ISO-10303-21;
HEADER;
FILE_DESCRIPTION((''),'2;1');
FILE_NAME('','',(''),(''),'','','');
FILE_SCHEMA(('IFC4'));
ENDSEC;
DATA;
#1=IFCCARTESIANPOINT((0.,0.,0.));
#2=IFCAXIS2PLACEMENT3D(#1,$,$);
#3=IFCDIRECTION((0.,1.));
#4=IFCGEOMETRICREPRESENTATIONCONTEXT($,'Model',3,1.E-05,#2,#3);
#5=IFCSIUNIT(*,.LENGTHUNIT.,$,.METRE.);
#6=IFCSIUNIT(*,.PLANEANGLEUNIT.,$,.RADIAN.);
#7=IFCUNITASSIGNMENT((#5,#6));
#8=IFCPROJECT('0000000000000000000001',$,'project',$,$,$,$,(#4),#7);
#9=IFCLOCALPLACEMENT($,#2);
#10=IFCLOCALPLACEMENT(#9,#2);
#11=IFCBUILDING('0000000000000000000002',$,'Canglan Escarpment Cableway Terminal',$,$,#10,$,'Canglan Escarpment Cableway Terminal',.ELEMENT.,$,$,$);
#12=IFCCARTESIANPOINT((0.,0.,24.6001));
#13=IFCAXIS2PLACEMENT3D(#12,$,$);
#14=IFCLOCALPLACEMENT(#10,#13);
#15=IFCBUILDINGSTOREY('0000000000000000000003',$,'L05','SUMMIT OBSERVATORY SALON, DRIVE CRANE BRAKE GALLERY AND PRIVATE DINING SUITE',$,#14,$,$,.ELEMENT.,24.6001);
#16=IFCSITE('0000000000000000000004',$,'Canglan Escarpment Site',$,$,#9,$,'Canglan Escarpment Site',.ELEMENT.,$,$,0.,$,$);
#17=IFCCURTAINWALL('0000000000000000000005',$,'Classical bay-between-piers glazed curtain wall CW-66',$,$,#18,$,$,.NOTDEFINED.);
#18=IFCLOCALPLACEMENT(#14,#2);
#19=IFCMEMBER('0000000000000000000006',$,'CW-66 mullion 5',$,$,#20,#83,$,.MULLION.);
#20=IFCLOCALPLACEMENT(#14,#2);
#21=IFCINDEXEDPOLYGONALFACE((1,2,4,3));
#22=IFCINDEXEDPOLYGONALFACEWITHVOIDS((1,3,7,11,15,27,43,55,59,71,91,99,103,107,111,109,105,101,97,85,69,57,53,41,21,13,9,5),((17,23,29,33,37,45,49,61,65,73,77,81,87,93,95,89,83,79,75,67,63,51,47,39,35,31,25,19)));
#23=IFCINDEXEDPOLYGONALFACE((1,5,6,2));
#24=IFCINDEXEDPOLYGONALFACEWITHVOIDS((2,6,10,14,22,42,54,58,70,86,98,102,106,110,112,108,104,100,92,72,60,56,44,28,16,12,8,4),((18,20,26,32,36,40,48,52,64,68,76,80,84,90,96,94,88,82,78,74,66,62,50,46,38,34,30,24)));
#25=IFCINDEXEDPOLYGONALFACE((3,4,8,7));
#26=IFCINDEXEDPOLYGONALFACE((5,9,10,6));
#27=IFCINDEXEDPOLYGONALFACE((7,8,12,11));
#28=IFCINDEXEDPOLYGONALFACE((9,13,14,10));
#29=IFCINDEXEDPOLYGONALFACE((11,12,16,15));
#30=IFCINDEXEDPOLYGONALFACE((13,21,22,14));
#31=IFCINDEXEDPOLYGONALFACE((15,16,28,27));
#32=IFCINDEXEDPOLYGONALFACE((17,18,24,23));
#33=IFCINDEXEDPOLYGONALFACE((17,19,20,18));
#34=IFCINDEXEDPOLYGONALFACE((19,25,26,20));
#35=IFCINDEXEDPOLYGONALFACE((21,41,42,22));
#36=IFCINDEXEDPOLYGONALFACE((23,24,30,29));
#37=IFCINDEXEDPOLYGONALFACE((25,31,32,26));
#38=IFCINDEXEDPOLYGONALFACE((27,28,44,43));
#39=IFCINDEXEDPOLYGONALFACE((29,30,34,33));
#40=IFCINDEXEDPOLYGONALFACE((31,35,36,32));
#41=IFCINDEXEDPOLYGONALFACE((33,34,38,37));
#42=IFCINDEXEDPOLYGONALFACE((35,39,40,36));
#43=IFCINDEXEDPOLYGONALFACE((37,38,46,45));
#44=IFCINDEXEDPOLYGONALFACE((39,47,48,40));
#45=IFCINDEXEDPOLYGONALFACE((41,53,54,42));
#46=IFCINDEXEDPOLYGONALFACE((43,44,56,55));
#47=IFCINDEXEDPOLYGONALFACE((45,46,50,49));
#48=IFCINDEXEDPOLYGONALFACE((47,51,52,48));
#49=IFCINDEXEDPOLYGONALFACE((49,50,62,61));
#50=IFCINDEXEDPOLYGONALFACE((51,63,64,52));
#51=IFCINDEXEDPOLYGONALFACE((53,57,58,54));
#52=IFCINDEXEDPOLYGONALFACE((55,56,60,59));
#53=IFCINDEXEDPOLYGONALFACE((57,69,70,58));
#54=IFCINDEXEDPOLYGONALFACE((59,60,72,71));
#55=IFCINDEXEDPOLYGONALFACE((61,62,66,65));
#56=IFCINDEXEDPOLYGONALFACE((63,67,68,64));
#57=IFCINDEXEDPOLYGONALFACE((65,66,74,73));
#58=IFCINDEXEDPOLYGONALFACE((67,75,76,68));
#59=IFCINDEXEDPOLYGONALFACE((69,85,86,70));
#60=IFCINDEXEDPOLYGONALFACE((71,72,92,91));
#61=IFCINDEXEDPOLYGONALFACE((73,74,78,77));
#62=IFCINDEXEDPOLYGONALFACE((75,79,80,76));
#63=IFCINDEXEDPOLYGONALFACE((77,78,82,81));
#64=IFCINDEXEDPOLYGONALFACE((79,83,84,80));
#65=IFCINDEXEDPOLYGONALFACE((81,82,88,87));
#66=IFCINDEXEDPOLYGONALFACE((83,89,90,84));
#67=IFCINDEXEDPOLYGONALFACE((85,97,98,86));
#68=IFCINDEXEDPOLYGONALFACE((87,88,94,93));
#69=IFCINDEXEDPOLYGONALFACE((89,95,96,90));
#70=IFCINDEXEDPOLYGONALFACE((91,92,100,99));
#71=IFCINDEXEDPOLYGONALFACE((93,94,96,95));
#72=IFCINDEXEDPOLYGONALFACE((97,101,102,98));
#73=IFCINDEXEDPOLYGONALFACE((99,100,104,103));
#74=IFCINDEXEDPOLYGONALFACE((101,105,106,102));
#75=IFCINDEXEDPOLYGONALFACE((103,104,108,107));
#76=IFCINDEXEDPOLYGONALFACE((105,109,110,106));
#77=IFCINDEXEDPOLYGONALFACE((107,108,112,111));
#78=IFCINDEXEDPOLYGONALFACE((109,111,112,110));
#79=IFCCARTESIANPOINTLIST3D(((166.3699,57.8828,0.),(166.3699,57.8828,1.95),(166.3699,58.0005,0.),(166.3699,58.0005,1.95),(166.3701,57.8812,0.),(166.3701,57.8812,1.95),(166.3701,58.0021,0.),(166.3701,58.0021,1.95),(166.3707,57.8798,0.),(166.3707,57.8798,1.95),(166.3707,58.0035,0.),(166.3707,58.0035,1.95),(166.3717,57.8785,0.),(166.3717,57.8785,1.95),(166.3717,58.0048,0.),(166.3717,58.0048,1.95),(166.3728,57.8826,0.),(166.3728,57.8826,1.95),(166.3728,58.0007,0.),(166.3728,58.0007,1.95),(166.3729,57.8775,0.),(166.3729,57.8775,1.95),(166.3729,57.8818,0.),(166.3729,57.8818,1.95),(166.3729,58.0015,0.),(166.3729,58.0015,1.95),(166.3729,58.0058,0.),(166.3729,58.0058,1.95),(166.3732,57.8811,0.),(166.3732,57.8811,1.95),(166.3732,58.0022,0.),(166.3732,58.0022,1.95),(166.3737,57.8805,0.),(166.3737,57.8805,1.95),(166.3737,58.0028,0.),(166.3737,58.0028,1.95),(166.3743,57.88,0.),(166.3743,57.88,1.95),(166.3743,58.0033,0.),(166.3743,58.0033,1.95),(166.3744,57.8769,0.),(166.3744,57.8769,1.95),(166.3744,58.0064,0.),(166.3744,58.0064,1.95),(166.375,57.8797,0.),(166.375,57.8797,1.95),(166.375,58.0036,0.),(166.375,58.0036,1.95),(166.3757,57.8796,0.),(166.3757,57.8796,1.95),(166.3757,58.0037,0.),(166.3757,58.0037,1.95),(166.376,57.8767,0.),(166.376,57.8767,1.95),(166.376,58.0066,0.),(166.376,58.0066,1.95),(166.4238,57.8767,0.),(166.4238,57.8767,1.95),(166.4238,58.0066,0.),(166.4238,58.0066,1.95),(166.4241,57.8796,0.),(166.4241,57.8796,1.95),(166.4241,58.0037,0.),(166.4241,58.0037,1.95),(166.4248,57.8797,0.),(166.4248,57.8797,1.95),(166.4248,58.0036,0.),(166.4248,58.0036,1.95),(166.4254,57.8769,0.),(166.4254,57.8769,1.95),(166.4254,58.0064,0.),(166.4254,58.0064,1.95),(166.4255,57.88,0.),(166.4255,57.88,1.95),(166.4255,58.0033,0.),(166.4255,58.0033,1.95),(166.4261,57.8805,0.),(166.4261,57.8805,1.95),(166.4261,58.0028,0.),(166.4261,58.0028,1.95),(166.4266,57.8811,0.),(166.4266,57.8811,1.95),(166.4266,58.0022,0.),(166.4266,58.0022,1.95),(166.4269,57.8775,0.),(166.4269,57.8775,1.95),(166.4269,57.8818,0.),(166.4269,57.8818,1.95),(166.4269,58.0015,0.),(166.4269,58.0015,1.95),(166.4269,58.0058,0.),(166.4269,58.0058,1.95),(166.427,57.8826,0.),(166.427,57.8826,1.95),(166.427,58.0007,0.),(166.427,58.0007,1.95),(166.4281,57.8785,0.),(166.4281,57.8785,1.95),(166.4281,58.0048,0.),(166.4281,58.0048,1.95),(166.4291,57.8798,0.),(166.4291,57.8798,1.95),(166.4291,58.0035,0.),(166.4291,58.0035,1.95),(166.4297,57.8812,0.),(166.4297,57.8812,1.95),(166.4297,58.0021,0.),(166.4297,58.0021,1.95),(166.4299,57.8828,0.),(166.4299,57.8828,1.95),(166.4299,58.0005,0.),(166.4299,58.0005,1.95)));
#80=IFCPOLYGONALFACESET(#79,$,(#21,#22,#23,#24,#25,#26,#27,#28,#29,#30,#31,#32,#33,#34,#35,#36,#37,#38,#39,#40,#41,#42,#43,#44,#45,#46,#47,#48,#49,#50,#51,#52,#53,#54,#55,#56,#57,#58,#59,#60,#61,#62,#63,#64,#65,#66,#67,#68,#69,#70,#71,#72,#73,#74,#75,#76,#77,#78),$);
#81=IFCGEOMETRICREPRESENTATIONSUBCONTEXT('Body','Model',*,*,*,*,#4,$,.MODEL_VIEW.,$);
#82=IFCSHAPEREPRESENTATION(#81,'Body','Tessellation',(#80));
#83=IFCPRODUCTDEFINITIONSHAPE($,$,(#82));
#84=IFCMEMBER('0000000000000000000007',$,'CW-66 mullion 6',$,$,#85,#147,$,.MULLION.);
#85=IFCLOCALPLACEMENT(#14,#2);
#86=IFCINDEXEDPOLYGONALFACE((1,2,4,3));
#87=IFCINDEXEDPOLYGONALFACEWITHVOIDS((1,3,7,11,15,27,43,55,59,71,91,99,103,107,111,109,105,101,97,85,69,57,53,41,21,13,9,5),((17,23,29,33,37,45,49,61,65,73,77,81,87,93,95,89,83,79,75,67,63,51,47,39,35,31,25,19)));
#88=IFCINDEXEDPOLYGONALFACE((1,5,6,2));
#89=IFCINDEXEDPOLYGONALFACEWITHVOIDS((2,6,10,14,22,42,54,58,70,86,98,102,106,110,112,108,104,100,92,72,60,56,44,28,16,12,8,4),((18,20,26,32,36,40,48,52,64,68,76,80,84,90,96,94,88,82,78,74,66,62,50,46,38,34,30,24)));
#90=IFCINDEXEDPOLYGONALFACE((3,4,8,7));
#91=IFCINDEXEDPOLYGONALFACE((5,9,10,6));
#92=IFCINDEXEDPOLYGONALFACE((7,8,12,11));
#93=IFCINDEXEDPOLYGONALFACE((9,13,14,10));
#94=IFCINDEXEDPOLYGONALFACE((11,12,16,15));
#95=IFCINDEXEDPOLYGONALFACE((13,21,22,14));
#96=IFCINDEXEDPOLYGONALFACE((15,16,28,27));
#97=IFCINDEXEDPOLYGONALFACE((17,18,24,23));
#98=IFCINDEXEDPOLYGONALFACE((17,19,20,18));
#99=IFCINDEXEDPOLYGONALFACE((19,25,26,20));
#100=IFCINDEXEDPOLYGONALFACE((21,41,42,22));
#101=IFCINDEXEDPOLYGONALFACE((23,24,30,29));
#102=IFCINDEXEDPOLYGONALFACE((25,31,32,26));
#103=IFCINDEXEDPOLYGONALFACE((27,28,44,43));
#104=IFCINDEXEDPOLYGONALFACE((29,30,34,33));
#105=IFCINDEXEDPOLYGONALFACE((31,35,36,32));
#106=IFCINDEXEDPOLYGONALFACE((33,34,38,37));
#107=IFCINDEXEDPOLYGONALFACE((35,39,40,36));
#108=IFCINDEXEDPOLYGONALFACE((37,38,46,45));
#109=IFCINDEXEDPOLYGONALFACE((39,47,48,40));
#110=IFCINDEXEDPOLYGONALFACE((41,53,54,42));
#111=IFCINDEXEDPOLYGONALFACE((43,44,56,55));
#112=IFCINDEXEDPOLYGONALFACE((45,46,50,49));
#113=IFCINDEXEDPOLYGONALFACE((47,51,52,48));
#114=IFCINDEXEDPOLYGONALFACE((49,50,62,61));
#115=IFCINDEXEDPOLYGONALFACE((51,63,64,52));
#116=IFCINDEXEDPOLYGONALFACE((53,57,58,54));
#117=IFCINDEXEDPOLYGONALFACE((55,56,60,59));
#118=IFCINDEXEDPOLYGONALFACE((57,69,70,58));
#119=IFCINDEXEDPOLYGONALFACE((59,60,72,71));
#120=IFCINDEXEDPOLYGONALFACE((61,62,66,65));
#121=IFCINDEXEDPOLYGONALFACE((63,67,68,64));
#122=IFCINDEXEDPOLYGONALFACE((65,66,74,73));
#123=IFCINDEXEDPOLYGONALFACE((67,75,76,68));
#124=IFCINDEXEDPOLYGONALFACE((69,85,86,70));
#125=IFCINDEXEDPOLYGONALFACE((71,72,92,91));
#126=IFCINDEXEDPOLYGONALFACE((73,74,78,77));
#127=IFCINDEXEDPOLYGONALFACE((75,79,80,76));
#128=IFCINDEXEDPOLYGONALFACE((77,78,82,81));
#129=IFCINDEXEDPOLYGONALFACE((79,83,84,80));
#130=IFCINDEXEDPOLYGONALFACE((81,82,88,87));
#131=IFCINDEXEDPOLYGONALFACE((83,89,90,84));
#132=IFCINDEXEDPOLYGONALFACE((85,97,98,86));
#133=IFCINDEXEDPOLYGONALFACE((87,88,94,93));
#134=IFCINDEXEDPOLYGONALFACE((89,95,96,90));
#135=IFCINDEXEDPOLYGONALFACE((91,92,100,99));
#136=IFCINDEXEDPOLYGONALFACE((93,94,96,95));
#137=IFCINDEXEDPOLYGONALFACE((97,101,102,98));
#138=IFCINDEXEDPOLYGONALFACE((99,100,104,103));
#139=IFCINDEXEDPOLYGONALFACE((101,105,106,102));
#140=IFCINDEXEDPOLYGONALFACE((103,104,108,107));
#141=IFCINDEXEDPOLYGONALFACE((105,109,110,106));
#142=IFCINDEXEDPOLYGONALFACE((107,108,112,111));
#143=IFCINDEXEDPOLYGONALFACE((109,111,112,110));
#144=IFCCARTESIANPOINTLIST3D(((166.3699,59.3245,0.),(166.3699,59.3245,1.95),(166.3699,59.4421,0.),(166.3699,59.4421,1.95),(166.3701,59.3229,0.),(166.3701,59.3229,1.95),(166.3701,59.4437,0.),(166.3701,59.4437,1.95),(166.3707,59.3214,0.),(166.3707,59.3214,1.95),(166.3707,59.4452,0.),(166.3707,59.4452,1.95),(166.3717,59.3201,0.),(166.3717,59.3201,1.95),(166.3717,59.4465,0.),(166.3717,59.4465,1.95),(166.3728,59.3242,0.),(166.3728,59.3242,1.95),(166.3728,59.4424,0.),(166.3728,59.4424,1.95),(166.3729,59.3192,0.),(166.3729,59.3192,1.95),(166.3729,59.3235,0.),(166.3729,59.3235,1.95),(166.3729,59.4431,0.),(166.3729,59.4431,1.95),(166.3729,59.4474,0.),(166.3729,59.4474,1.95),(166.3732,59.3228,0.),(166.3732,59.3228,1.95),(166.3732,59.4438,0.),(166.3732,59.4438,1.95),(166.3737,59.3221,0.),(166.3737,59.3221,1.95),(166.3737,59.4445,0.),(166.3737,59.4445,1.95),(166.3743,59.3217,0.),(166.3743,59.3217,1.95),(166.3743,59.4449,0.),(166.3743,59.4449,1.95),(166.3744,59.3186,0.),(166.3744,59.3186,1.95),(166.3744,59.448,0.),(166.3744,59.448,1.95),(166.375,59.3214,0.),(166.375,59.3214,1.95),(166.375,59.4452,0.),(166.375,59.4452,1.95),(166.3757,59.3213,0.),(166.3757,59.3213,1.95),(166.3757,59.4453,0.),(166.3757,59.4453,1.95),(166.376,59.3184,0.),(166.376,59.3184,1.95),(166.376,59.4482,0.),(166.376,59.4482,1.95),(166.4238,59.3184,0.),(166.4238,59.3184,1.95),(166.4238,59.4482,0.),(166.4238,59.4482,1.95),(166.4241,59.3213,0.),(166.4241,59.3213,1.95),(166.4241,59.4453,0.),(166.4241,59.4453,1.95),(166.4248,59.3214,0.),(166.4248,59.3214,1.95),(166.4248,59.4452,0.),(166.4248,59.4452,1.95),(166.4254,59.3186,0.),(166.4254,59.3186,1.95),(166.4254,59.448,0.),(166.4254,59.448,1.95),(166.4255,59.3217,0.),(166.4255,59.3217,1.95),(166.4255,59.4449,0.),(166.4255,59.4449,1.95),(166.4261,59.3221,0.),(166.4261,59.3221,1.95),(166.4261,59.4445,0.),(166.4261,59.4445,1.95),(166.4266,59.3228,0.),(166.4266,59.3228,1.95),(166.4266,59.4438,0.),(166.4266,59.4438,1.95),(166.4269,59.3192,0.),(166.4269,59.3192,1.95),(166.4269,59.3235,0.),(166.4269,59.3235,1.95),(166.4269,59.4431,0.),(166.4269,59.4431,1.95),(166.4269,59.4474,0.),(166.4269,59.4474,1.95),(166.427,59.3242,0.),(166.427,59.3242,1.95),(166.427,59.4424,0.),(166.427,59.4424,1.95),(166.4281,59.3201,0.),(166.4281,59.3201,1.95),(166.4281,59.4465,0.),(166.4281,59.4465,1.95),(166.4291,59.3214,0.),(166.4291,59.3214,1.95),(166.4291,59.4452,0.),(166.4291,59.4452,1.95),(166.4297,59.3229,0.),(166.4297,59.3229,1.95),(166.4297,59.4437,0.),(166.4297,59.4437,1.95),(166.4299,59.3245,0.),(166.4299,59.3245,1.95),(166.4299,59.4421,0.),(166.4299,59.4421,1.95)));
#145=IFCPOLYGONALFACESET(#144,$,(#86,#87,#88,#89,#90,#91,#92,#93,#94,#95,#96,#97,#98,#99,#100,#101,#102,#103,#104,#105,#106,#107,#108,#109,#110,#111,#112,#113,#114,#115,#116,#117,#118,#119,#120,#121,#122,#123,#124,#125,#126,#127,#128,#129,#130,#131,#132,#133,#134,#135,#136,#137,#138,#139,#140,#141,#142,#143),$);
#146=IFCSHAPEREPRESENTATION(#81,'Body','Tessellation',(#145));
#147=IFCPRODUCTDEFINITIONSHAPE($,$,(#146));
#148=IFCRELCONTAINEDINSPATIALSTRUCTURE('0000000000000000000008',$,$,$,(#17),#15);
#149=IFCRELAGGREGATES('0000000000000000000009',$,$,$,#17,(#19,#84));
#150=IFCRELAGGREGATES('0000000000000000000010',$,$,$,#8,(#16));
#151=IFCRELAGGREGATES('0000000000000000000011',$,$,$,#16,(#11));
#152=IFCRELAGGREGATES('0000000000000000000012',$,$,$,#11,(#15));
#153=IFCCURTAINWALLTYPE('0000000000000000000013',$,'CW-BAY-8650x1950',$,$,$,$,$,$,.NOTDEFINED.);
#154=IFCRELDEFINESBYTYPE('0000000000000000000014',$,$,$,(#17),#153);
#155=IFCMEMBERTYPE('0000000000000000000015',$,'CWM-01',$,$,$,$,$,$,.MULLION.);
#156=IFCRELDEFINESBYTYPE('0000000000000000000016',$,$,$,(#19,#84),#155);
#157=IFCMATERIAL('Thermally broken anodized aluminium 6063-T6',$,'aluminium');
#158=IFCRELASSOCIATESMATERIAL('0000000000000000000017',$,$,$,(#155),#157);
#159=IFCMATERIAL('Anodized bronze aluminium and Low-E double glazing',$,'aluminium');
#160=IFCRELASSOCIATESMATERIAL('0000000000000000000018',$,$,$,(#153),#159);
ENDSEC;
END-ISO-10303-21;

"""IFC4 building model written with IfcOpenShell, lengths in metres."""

from ifc_helpers import new_model, si_unit, direction, frame, origin, origin_2d, place, context, subcontext, project, spatial, hollow_rectangle, extrude, material, material_profile, profile_set, type_object, element, aggregate, save


model = new_model("IFC4")

# Units and contexts
model_context = context("Model", 3, precision=1e-05, world=origin(), true_north=direction((0.0, 1.0)))
body_context = subcontext(model_context, "Body", "Model", "MODEL_VIEW")
ifc_project = project(units=[si_unit("LENGTHUNIT", "METRE"), si_unit("PLANEANGLEUNIT", "RADIAN")], contexts=[model_context])

# Site, building, storey
site_placement = place(None, origin())
site = spatial("IfcSite", under=ifc_project, at=site_placement, Name="Canglan Escarpment Site", LongName="Canglan Escarpment Site", CompositionType="ELEMENT", RefElevation=0.0)
building_placement = place(site_placement, origin())
building = spatial("IfcBuilding", under=site, at=building_placement, Name="Canglan Escarpment Cableway Terminal", LongName="Canglan Escarpment Cableway Terminal", CompositionType="ELEMENT")
storey_placement = place(building_placement, frame((0.0, 0.0, 24.6001)))
storey = spatial("IfcBuildingStorey", under=building, at=storey_placement, Name="L05", Description="SUMMIT OBSERVATORY SALON, DRIVE CRANE BRAKE GALLERY AND PRIVATE DINING SUITE", CompositionType="ELEMENT", Elevation=24.6001)

# Shared definitions
ifc_material_1 = material(Name="Anodized bronze aluminium and Low-E double glazing", Category="aluminium")
ifc_material_2 = material(Name="Thermally broken anodized aluminium 6063-T6", Category="aluminium")
ifc_material_profile_1 = material_profile(ifc_material_2, hollow_rectangle(XDim=0.0601, YDim=0.1299, WallThickness=0.0029, InnerFilletRadius=0.0029, OuterFilletRadius=0.0061, at=origin_2d()), Name="ALU-MULL 60x130x3")
ifc_profile_set_1 = profile_set([ifc_material_profile_1], Name="Thermally broken anodized aluminium 6063-T6")
member_type_1 = type_object("IfcMemberType", Name="CWM-01", PredefinedType="MULLION", material=ifc_profile_set_1)

# Curtain wall, members
curtain_wall_type_1 = type_object("IfcCurtainWallType", Name="CW-BAY-8650x1950", PredefinedType="NOTDEFINED", material=ifc_material_1)
curtain_wall_1_placement = place(storey_placement, origin())
curtain_wall_1 = element("IfcCurtainWall", 1, at=curtain_wall_1_placement, inside=storey, type_object=curtain_wall_type_1, Name="Classical bay-between-piers glazed curtain wall CW-66", PredefinedType="NOTDEFINED")
member_1_placement = place(storey_placement, frame((166.3999, 57.9417, 0.0), z_axis=(0.0, 0.0, 1.0), x_axis=(-1.0, 0.0, 0.0)))
member_1 = element("IfcMember", 2, at=member_1_placement, type_object=member_type_1, Name="CW-66 mullion 5", PredefinedType="MULLION", context=body_context, shape_type="SweptSolid", body=[
    extrude(hollow_rectangle(XDim=0.0601, YDim=0.1299, WallThickness=0.0029, InnerFilletRadius=0.0029, OuterFilletRadius=0.0061, at=origin_2d()), origin(), (0.0, 0.0, 1.0), 1.95),
])
member_2_placement = place(storey_placement, frame((166.3999, 59.3833, 0.0), z_axis=(0.0, 0.0, 1.0), x_axis=(-1.0, 0.0, 0.0)))
member_2 = element("IfcMember", 3, at=member_2_placement, type_object=member_type_1, Name="CW-66 mullion 6", PredefinedType="MULLION", context=body_context, shape_type="SweptSolid", body=[
    extrude(hollow_rectangle(XDim=0.0601, YDim=0.1299, WallThickness=0.0029, InnerFilletRadius=0.0029, OuterFilletRadius=0.0061, at=origin_2d()), origin(), (0.0, 0.0, 1.0), 1.95),
])

aggregate(curtain_wall_1, [member_1, member_2])

save(model, "model.ifc")
